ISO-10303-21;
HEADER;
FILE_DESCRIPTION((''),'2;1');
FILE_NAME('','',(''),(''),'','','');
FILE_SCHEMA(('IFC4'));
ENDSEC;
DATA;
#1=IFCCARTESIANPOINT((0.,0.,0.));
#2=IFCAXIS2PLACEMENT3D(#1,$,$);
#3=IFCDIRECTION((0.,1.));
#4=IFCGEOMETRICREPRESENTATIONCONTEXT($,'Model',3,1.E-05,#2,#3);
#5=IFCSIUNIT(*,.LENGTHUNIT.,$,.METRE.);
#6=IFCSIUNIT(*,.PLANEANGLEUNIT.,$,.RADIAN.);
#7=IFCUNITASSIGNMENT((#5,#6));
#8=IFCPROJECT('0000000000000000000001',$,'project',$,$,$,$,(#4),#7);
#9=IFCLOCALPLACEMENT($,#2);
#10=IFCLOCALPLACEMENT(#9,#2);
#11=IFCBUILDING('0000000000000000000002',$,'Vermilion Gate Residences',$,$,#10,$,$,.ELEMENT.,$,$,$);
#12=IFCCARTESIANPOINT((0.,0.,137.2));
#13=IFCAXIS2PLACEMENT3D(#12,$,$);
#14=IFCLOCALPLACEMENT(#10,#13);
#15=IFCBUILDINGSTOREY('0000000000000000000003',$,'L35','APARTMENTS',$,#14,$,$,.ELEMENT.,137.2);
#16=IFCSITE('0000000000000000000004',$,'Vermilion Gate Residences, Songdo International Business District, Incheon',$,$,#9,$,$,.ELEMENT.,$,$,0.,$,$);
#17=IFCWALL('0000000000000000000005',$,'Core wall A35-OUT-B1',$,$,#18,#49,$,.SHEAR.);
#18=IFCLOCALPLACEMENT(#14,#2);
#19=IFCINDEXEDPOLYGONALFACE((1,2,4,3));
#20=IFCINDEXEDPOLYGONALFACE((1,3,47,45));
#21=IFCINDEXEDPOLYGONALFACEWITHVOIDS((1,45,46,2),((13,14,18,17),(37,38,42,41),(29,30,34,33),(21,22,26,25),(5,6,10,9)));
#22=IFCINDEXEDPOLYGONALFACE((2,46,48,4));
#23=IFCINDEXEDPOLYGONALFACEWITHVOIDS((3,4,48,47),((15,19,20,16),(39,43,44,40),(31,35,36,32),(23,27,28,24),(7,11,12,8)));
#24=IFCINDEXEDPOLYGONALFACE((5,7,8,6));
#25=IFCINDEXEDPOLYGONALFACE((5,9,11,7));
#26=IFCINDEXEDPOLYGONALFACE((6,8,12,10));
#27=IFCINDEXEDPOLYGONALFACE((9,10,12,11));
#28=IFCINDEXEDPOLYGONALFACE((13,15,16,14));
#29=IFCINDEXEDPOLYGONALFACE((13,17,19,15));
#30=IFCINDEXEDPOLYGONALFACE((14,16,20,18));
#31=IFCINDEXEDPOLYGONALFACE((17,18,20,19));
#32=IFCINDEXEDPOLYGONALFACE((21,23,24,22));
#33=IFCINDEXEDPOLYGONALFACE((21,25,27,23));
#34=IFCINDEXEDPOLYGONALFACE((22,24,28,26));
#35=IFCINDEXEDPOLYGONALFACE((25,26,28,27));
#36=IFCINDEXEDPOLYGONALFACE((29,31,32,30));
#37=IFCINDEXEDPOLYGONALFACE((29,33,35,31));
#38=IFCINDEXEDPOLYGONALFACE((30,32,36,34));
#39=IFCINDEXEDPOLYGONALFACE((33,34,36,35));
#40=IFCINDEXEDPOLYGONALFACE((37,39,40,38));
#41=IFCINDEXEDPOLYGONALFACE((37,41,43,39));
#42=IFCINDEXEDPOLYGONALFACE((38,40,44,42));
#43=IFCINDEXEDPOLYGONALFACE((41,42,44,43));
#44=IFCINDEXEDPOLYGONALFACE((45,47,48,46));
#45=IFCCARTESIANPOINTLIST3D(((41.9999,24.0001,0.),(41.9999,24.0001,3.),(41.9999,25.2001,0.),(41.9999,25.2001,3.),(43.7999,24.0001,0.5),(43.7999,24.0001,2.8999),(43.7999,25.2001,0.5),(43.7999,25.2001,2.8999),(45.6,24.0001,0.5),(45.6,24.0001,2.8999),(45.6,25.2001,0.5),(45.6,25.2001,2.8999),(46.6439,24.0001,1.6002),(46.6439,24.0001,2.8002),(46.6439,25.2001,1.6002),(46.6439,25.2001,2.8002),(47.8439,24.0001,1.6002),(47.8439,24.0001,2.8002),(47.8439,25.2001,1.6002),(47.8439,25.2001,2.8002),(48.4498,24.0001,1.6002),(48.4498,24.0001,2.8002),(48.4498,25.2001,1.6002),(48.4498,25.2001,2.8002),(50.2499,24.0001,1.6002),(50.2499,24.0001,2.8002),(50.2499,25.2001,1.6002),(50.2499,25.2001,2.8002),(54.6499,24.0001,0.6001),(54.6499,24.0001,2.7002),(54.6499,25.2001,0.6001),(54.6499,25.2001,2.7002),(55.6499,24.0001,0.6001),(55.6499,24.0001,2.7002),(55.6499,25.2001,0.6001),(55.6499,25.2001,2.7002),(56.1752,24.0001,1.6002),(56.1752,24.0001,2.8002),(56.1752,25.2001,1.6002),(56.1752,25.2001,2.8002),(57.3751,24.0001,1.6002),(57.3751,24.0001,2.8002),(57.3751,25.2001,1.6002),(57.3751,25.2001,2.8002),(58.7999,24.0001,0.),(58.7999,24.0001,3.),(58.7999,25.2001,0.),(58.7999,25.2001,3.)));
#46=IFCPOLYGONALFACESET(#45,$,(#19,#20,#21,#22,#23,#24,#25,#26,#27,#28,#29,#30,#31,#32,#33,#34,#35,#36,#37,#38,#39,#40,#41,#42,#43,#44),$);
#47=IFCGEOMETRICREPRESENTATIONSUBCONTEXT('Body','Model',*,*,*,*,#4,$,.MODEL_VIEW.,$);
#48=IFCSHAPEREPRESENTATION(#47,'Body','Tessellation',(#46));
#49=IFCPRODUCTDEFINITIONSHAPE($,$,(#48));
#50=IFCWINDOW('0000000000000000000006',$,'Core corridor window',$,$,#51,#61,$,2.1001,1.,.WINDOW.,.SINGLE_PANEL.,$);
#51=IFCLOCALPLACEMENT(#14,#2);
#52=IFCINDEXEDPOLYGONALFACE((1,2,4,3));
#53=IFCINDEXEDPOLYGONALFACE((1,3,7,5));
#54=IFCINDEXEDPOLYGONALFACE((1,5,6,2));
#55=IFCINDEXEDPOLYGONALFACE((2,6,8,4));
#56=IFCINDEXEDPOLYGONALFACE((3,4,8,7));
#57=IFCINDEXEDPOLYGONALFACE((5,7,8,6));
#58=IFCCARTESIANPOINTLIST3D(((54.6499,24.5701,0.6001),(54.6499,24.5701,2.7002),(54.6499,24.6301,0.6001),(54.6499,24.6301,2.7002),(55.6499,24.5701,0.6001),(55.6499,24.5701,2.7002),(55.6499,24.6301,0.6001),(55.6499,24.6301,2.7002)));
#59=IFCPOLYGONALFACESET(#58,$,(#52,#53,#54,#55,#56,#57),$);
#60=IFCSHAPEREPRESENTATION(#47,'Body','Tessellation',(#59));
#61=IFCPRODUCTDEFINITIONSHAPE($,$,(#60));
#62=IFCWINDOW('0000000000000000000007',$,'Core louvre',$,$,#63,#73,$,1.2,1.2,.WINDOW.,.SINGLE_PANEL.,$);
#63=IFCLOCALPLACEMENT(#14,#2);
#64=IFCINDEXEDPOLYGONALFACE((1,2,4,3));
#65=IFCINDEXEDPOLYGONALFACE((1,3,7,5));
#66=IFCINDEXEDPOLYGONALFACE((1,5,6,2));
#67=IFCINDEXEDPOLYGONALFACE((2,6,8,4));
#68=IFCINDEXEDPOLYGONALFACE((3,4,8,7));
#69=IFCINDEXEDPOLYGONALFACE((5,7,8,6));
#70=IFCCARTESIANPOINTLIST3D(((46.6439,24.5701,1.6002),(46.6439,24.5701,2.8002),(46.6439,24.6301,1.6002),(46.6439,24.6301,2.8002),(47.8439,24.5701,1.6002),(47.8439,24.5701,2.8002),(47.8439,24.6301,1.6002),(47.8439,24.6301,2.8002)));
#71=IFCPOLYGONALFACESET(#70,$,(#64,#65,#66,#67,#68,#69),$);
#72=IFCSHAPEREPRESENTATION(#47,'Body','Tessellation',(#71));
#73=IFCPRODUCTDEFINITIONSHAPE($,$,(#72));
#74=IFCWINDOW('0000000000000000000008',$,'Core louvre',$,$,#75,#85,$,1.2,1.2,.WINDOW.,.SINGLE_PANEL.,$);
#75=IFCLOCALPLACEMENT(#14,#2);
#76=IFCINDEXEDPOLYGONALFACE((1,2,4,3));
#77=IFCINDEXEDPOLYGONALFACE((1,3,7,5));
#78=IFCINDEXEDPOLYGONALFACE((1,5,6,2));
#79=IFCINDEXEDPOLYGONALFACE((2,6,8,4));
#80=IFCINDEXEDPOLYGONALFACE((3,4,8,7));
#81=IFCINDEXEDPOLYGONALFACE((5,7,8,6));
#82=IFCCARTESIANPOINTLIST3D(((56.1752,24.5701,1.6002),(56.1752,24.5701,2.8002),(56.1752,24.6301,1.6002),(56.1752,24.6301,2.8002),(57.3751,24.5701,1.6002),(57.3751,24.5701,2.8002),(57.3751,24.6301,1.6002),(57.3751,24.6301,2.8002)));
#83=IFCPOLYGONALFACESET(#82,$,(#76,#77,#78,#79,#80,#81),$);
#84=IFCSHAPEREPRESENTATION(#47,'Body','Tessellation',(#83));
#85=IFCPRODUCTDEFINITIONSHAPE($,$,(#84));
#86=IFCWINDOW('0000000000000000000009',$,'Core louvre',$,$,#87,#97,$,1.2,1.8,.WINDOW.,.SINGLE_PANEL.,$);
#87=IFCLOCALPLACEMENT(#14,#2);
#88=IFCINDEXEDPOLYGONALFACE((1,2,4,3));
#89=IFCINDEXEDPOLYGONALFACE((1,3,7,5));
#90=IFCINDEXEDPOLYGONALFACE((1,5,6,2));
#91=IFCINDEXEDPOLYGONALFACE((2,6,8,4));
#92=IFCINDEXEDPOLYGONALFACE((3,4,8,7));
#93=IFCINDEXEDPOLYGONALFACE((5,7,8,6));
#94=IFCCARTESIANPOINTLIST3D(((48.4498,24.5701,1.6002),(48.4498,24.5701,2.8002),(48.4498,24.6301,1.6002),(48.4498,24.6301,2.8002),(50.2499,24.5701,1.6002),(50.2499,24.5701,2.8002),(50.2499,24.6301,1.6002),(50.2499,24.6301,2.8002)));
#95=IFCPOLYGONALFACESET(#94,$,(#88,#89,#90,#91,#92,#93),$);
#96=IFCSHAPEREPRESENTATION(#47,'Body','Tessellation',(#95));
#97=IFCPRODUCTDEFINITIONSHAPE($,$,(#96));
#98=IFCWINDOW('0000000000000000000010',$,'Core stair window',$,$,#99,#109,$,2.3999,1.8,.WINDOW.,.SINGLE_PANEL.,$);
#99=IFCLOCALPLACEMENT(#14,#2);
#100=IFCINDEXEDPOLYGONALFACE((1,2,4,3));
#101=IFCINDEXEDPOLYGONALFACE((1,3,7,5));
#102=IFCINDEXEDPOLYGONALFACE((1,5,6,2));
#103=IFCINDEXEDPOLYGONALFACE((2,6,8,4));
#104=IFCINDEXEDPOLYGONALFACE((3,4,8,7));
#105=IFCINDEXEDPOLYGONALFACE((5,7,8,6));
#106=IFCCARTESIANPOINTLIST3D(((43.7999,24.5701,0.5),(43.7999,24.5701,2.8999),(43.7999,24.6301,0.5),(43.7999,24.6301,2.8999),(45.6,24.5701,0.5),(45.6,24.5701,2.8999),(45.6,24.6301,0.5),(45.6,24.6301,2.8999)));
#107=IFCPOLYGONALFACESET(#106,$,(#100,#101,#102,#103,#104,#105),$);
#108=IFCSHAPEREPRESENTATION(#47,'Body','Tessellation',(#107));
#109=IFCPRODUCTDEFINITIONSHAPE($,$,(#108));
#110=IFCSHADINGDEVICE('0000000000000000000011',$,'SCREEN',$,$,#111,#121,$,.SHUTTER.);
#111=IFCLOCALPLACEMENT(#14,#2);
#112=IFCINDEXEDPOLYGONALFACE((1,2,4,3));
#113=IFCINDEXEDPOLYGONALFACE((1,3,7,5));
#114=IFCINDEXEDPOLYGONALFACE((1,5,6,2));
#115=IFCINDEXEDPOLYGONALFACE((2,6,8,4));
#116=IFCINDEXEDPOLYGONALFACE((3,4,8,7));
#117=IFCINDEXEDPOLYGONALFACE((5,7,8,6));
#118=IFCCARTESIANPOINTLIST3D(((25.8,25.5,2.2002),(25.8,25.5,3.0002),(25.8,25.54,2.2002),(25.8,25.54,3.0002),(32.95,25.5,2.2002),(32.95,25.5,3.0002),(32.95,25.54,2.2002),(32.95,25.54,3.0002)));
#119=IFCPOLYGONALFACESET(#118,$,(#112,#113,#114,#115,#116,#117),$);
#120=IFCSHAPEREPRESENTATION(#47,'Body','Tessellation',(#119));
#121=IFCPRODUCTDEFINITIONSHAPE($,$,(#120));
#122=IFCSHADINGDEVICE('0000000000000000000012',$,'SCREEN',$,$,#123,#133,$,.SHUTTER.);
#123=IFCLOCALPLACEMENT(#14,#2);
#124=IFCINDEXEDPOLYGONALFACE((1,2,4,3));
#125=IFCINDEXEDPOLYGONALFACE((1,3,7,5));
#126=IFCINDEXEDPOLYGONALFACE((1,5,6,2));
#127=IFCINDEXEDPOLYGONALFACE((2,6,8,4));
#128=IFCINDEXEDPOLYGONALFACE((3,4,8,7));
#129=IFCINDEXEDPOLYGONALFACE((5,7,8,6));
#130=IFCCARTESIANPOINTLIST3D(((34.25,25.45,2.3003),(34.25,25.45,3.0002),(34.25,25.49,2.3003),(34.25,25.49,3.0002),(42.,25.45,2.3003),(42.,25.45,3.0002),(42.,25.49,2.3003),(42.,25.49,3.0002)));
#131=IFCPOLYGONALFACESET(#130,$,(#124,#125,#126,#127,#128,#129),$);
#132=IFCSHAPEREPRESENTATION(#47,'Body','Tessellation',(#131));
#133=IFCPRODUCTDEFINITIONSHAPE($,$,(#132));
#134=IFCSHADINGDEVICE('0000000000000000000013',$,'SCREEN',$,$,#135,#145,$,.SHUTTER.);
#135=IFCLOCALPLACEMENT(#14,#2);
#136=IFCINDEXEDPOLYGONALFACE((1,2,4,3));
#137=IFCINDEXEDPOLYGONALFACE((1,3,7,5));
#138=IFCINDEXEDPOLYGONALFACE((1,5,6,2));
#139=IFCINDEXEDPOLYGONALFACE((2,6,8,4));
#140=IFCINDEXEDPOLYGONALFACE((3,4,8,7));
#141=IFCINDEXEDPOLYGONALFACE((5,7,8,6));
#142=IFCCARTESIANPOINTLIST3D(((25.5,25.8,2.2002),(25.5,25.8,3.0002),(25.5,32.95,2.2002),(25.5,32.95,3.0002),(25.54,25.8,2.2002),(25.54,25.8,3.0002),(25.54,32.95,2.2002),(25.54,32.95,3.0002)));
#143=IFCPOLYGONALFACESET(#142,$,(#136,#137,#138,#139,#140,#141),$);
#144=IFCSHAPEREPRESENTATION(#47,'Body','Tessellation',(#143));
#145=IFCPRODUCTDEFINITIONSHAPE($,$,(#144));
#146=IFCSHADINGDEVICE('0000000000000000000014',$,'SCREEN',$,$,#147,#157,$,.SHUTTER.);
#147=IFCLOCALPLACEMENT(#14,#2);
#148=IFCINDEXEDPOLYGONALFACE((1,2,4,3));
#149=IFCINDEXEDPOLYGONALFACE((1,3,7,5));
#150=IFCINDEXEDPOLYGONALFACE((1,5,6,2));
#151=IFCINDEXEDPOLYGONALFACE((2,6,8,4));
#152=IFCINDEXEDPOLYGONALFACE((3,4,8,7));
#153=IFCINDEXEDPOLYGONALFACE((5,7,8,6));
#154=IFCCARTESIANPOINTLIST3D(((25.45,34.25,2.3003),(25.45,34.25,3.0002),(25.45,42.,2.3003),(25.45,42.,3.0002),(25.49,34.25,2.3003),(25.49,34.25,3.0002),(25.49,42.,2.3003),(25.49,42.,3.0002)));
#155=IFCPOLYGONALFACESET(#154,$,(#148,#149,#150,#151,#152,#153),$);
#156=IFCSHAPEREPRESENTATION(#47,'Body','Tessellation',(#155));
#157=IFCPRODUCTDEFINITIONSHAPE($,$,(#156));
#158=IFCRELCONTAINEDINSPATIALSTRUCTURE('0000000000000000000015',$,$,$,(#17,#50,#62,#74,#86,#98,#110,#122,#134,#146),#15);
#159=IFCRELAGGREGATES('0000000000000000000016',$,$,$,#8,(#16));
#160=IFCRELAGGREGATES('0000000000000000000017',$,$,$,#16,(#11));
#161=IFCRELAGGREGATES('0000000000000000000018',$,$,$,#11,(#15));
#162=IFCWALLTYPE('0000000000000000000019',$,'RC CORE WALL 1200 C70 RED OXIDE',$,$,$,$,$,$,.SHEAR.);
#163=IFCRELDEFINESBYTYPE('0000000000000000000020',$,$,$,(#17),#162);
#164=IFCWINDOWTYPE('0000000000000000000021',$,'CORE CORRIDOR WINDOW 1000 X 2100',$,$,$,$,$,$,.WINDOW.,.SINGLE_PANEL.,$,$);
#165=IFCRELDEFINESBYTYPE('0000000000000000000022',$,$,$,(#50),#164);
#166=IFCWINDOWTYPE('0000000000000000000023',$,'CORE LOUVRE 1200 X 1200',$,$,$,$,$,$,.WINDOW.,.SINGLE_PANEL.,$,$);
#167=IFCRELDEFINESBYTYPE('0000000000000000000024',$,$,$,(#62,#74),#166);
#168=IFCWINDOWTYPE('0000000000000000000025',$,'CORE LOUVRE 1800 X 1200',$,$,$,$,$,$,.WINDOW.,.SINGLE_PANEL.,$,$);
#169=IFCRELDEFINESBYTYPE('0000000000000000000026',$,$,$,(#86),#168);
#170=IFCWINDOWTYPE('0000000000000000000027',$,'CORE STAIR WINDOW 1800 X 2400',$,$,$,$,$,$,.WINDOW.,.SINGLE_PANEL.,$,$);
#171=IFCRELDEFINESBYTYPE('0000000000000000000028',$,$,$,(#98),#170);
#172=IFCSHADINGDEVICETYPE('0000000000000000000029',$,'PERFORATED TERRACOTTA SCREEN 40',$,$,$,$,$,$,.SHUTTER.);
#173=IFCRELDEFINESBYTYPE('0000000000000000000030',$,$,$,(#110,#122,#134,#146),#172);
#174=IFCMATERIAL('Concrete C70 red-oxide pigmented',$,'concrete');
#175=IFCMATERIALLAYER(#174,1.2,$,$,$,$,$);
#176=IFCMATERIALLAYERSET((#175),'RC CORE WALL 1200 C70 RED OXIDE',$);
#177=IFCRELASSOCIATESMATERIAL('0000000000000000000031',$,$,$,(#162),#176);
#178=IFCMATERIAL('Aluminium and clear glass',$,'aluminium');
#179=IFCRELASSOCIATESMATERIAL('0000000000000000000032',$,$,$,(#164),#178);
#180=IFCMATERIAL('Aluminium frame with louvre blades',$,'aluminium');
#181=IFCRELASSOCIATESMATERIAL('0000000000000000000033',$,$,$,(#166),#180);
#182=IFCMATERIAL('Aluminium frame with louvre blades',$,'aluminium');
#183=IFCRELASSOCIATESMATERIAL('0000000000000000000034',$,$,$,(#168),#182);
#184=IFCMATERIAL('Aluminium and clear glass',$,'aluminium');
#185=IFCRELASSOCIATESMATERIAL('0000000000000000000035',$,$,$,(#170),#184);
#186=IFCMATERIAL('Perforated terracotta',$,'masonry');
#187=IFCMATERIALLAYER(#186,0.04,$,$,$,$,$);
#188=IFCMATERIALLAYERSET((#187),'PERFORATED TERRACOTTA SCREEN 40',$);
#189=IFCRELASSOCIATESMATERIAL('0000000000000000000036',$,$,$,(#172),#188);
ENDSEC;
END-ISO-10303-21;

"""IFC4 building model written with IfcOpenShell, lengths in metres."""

from ifc_helpers import new_model, si_unit, direction, frame, frame_2d, origin, origin_2d, place, context, subcontext, project, spatial, rectangle, extrude, material, layer, layer_set, type_object, element, fill, save


model = new_model("IFC4")

# Units and contexts
model_context = context("Model", 3, precision=1e-05, world=origin(), true_north=direction((0.0, 1.0)))
body_context = subcontext(model_context, "Body", "Model", "MODEL_VIEW")
ifc_project = project(units=[si_unit("LENGTHUNIT", "METRE"), si_unit("PLANEANGLEUNIT", "RADIAN")], contexts=[model_context])

# Site, building, storey
site_placement = place(None, origin())
site = spatial("IfcSite", under=ifc_project, at=site_placement, Name="Vermilion Gate Residences, Songdo International Business District, Incheon", CompositionType="ELEMENT", RefElevation=0.0)
building_placement = place(site_placement, origin())
building = spatial("IfcBuilding", under=site, at=building_placement, Name="Vermilion Gate Residences", CompositionType="ELEMENT")
storey_placement = place(building_placement, frame((0.0, 0.0, 137.2)))
storey = spatial("IfcBuildingStorey", under=building, at=storey_placement, Name="L35", Description="APARTMENTS", CompositionType="ELEMENT", Elevation=137.2)

# Wall, openings, windows
ifc_material_1 = material(Name="Concrete C70 red-oxide pigmented", Category="concrete")
ifc_layer_1 = layer(ifc_material_1, 1.2)
ifc_layer_set_1 = layer_set([ifc_layer_1], Name="RC CORE WALL 1200 C70 RED OXIDE")
wall_type_1 = type_object("IfcWallType", Name="RC CORE WALL 1200 C70 RED OXIDE", PredefinedType="SHEAR", material=ifc_layer_set_1)
wall_1_placement = place(storey_placement, frame((42.0, 24.6001, 0.0), z_axis=(0.0, 0.0, 1.0), x_axis=(1.0, 0.0, 0.0)))
wall_1 = element("IfcWall", 1, at=wall_1_placement, inside=storey, type_object=wall_type_1, Name="Core wall A35-OUT-B1", PredefinedType="SHEAR", context=body_context, shape_type="SweptSolid", body=[
    extrude(rectangle(XDim=16.8, YDim=1.2, at=frame_2d((8.3999, 0.0))), origin(), (0.0, 0.0, 1.0), 3.0),
])
opening_1_placement = place(wall_1_placement, frame((1.8, 0.0, 0.5)))
opening_1 = element("IfcOpeningElement", 2, at=opening_1_placement, cuts=wall_1, PredefinedType="OPENING", context=body_context, shape_type="SweptSolid", body=[
    extrude(rectangle(XDim=1.8, YDim=2.3999, at=frame_2d((0.8999, 1.2))), frame((0.0, 0.6099, 0.0), z_axis=(0.0, -1.0, 0.0), x_axis=(1.0, 0.0, 0.0)), (0.0, 0.0, 1.0), 1.22),
])
opening_2_placement = place(wall_1_placement, frame((4.6438, 0.0, 1.6001)))
opening_2 = element("IfcOpeningElement", 3, at=opening_2_placement, cuts=wall_1, PredefinedType="OPENING", context=body_context, shape_type="SweptSolid", body=[
    extrude(rectangle(XDim=1.2, YDim=1.2, at=frame_2d((0.6001, 0.6001))), frame((0.0, 0.6099, 0.0), z_axis=(0.0, -1.0, 0.0), x_axis=(1.0, 0.0, 0.0)), (0.0, 0.0, 1.0), 1.22),
])
opening_3_placement = place(wall_1_placement, frame((6.45, 0.0, 1.6001)))
opening_3 = element("IfcOpeningElement", 4, at=opening_3_placement, cuts=wall_1, PredefinedType="OPENING", context=body_context, shape_type="SweptSolid", body=[
    extrude(rectangle(XDim=1.8, YDim=1.2, at=frame_2d((0.8999, 0.6001))), frame((0.0, 0.6099, 0.0), z_axis=(0.0, -1.0, 0.0), x_axis=(1.0, 0.0, 0.0)), (0.0, 0.0, 1.0), 1.22),
])
opening_4_placement = place(wall_1_placement, frame((12.6499, 0.0, 0.6001)))
opening_4 = element("IfcOpeningElement", 5, at=opening_4_placement, cuts=wall_1, PredefinedType="OPENING", context=body_context, shape_type="SweptSolid", body=[
    extrude(rectangle(XDim=1.0, YDim=2.1001, at=frame_2d((0.5, 1.05))), frame((0.0, 0.6099, 0.0), z_axis=(0.0, -1.0, 0.0), x_axis=(1.0, 0.0, 0.0)), (0.0, 0.0, 1.0), 1.22),
])
opening_5_placement = place(wall_1_placement, frame((14.175, 0.0, 1.6001)))
opening_5 = element("IfcOpeningElement", 6, at=opening_5_placement, cuts=wall_1, PredefinedType="OPENING", context=body_context, shape_type="SweptSolid", body=[
    extrude(rectangle(XDim=1.2, YDim=1.2, at=frame_2d((0.6001, 0.6001))), frame((0.0, 0.6099, 0.0), z_axis=(0.0, -1.0, 0.0), x_axis=(1.0, 0.0, 0.0)), (0.0, 0.0, 1.0), 1.22),
])
ifc_material_2 = material(Name="Aluminium and clear glass", Category="aluminium")
window_type_1 = type_object("IfcWindowType", Name="CORE CORRIDOR WINDOW 1000 X 2100", PartitioningType="SINGLE_PANEL", PredefinedType="WINDOW", material=ifc_material_2)
window_1_placement = place(opening_4_placement, origin())
window_1 = element("IfcWindow", 7, at=window_1_placement, inside=storey, type_object=window_type_1, Name="Core corridor window", OverallHeight=2.1001, OverallWidth=1.0, PartitioningType="SINGLE_PANEL", PredefinedType="WINDOW", context=body_context, shape_type="SweptSolid", body=[
    extrude(rectangle(XDim=1.0, YDim=2.1001, at=frame_2d((0.5, 1.05))), frame((0.0, 0.03, 0.0), z_axis=(0.0, -1.0, 0.0), x_axis=(1.0, 0.0, 0.0)), (0.0, 0.0, 1.0), 0.0601),
])
fill(opening_4, window_1)
ifc_material_3 = material(Name="Aluminium frame with louvre blades", Category="aluminium")
window_type_2 = type_object("IfcWindowType", Name="CORE LOUVRE 1200 X 1200", PartitioningType="SINGLE_PANEL", PredefinedType="WINDOW", material=ifc_material_3)
window_2_placement = place(opening_2_placement, origin())
window_2 = element("IfcWindow", 8, at=window_2_placement, inside=storey, type_object=window_type_2, Name="Core louvre", OverallHeight=1.2, OverallWidth=1.2, PartitioningType="SINGLE_PANEL", PredefinedType="WINDOW", context=body_context, shape_type="SweptSolid", body=[
    extrude(rectangle(XDim=1.2, YDim=1.2, at=frame_2d((0.6001, 0.6001))), frame((0.0, 0.03, 0.0), z_axis=(0.0, -1.0, 0.0), x_axis=(1.0, 0.0, 0.0)), (0.0, 0.0, 1.0), 0.0601),
])
fill(opening_2, window_2)
window_3_placement = place(opening_5_placement, origin())
window_3 = element("IfcWindow", 9, at=window_3_placement, inside=storey, type_object=window_type_2, Name="Core louvre", OverallHeight=1.2, OverallWidth=1.2, PartitioningType="SINGLE_PANEL", PredefinedType="WINDOW", context=body_context, shape_type="SweptSolid", body=[
    extrude(rectangle(XDim=1.2, YDim=1.2, at=frame_2d((0.6001, 0.6001))), frame((0.0, 0.03, 0.0), z_axis=(0.0, -1.0, 0.0), x_axis=(1.0, 0.0, 0.0)), (0.0, 0.0, 1.0), 0.0601),
])
fill(opening_5, window_3)
ifc_material_4 = material(Name="Aluminium frame with louvre blades", Category="aluminium")
window_type_3 = type_object("IfcWindowType", Name="CORE LOUVRE 1800 X 1200", PartitioningType="SINGLE_PANEL", PredefinedType="WINDOW", material=ifc_material_4)
window_4_placement = place(opening_3_placement, origin())
window_4 = element("IfcWindow", 10, at=window_4_placement, inside=storey, type_object=window_type_3, Name="Core louvre", OverallHeight=1.2, OverallWidth=1.8, PartitioningType="SINGLE_PANEL", PredefinedType="WINDOW", context=body_context, shape_type="SweptSolid", body=[
    extrude(rectangle(XDim=1.8, YDim=1.2, at=frame_2d((0.8999, 0.6001))), frame((0.0, 0.03, 0.0), z_axis=(0.0, -1.0, 0.0), x_axis=(1.0, 0.0, 0.0)), (0.0, 0.0, 1.0), 0.0601),
])
fill(opening_3, window_4)
ifc_material_5 = material(Name="Aluminium and clear glass", Category="aluminium")
window_type_4 = type_object("IfcWindowType", Name="CORE STAIR WINDOW 1800 X 2400", PartitioningType="SINGLE_PANEL", PredefinedType="WINDOW", material=ifc_material_5)
window_5_placement = place(opening_1_placement, origin())
window_5 = element("IfcWindow", 11, at=window_5_placement, inside=storey, type_object=window_type_4, Name="Core stair window", OverallHeight=2.3999, OverallWidth=1.8, PartitioningType="SINGLE_PANEL", PredefinedType="WINDOW", context=body_context, shape_type="SweptSolid", body=[
    extrude(rectangle(XDim=1.8, YDim=2.3999, at=frame_2d((0.8999, 1.2))), frame((0.0, 0.03, 0.0), z_axis=(0.0, -1.0, 0.0), x_axis=(1.0, 0.0, 0.0)), (0.0, 0.0, 1.0), 0.0601),
])
fill(opening_1, window_5)

# Shading devices
ifc_material_6 = material(Name="Perforated terracotta", Category="masonry")
ifc_layer_2 = layer(ifc_material_6, 0.04)
ifc_layer_set_2 = layer_set([ifc_layer_2], Name="PERFORATED TERRACOTTA SCREEN 40")
shading_device_type_1 = type_object("IfcShadingDeviceType", Name="PERFORATED TERRACOTTA SCREEN 40", PredefinedType="SHUTTER", material=ifc_layer_set_2)
shading_device_1_placement = place(storey_placement, frame((29.375, 25.52, 2.2002), z_axis=(0.0, 0.0, 1.0), x_axis=(-1.0, 0.0, 0.0)))
element("IfcShadingDevice", 12, at=shading_device_1_placement, inside=storey, type_object=shading_device_type_1, Name="SCREEN", PredefinedType="SHUTTER", context=body_context, shape_type="SweptSolid", body=[
    extrude(rectangle(XDim=7.1499, YDim=0.04, at=origin_2d()), origin(), (0.0, 0.0, 1.0), 0.8),
])
shading_device_2_placement = place(storey_placement, frame((38.125, 25.47, 2.3003), z_axis=(0.0, 0.0, 1.0), x_axis=(-1.0, 0.0, 0.0)))
element("IfcShadingDevice", 13, at=shading_device_2_placement, inside=storey, type_object=shading_device_type_1, Name="SCREEN", PredefinedType="SHUTTER", context=body_context, shape_type="SweptSolid", body=[
    extrude(rectangle(XDim=7.75, YDim=0.04, at=origin_2d()), origin(), (0.0, 0.0, 1.0), 0.7),
])
shading_device_3_placement = place(storey_placement, frame((25.52, 29.375, 2.2002), z_axis=(0.0, 0.0, 1.0), x_axis=(0.0, 1.0, 0.0)))
element("IfcShadingDevice", 14, at=shading_device_3_placement, inside=storey, type_object=shading_device_type_1, Name="SCREEN", PredefinedType="SHUTTER", context=body_context, shape_type="SweptSolid", body=[
    extrude(rectangle(XDim=7.1499, YDim=0.04, at=origin_2d()), origin(), (0.0, 0.0, 1.0), 0.8),
])
shading_device_4_placement = place(storey_placement, frame((25.47, 38.125, 2.3003), z_axis=(0.0, 0.0, 1.0), x_axis=(0.0, 1.0, 0.0)))
element("IfcShadingDevice", 15, at=shading_device_4_placement, inside=storey, type_object=shading_device_type_1, Name="SCREEN", PredefinedType="SHUTTER", context=body_context, shape_type="SweptSolid", body=[
    extrude(rectangle(XDim=7.75, YDim=0.04, at=origin_2d()), origin(), (0.0, 0.0, 1.0), 0.7),
])

save(model, "model.ifc")
